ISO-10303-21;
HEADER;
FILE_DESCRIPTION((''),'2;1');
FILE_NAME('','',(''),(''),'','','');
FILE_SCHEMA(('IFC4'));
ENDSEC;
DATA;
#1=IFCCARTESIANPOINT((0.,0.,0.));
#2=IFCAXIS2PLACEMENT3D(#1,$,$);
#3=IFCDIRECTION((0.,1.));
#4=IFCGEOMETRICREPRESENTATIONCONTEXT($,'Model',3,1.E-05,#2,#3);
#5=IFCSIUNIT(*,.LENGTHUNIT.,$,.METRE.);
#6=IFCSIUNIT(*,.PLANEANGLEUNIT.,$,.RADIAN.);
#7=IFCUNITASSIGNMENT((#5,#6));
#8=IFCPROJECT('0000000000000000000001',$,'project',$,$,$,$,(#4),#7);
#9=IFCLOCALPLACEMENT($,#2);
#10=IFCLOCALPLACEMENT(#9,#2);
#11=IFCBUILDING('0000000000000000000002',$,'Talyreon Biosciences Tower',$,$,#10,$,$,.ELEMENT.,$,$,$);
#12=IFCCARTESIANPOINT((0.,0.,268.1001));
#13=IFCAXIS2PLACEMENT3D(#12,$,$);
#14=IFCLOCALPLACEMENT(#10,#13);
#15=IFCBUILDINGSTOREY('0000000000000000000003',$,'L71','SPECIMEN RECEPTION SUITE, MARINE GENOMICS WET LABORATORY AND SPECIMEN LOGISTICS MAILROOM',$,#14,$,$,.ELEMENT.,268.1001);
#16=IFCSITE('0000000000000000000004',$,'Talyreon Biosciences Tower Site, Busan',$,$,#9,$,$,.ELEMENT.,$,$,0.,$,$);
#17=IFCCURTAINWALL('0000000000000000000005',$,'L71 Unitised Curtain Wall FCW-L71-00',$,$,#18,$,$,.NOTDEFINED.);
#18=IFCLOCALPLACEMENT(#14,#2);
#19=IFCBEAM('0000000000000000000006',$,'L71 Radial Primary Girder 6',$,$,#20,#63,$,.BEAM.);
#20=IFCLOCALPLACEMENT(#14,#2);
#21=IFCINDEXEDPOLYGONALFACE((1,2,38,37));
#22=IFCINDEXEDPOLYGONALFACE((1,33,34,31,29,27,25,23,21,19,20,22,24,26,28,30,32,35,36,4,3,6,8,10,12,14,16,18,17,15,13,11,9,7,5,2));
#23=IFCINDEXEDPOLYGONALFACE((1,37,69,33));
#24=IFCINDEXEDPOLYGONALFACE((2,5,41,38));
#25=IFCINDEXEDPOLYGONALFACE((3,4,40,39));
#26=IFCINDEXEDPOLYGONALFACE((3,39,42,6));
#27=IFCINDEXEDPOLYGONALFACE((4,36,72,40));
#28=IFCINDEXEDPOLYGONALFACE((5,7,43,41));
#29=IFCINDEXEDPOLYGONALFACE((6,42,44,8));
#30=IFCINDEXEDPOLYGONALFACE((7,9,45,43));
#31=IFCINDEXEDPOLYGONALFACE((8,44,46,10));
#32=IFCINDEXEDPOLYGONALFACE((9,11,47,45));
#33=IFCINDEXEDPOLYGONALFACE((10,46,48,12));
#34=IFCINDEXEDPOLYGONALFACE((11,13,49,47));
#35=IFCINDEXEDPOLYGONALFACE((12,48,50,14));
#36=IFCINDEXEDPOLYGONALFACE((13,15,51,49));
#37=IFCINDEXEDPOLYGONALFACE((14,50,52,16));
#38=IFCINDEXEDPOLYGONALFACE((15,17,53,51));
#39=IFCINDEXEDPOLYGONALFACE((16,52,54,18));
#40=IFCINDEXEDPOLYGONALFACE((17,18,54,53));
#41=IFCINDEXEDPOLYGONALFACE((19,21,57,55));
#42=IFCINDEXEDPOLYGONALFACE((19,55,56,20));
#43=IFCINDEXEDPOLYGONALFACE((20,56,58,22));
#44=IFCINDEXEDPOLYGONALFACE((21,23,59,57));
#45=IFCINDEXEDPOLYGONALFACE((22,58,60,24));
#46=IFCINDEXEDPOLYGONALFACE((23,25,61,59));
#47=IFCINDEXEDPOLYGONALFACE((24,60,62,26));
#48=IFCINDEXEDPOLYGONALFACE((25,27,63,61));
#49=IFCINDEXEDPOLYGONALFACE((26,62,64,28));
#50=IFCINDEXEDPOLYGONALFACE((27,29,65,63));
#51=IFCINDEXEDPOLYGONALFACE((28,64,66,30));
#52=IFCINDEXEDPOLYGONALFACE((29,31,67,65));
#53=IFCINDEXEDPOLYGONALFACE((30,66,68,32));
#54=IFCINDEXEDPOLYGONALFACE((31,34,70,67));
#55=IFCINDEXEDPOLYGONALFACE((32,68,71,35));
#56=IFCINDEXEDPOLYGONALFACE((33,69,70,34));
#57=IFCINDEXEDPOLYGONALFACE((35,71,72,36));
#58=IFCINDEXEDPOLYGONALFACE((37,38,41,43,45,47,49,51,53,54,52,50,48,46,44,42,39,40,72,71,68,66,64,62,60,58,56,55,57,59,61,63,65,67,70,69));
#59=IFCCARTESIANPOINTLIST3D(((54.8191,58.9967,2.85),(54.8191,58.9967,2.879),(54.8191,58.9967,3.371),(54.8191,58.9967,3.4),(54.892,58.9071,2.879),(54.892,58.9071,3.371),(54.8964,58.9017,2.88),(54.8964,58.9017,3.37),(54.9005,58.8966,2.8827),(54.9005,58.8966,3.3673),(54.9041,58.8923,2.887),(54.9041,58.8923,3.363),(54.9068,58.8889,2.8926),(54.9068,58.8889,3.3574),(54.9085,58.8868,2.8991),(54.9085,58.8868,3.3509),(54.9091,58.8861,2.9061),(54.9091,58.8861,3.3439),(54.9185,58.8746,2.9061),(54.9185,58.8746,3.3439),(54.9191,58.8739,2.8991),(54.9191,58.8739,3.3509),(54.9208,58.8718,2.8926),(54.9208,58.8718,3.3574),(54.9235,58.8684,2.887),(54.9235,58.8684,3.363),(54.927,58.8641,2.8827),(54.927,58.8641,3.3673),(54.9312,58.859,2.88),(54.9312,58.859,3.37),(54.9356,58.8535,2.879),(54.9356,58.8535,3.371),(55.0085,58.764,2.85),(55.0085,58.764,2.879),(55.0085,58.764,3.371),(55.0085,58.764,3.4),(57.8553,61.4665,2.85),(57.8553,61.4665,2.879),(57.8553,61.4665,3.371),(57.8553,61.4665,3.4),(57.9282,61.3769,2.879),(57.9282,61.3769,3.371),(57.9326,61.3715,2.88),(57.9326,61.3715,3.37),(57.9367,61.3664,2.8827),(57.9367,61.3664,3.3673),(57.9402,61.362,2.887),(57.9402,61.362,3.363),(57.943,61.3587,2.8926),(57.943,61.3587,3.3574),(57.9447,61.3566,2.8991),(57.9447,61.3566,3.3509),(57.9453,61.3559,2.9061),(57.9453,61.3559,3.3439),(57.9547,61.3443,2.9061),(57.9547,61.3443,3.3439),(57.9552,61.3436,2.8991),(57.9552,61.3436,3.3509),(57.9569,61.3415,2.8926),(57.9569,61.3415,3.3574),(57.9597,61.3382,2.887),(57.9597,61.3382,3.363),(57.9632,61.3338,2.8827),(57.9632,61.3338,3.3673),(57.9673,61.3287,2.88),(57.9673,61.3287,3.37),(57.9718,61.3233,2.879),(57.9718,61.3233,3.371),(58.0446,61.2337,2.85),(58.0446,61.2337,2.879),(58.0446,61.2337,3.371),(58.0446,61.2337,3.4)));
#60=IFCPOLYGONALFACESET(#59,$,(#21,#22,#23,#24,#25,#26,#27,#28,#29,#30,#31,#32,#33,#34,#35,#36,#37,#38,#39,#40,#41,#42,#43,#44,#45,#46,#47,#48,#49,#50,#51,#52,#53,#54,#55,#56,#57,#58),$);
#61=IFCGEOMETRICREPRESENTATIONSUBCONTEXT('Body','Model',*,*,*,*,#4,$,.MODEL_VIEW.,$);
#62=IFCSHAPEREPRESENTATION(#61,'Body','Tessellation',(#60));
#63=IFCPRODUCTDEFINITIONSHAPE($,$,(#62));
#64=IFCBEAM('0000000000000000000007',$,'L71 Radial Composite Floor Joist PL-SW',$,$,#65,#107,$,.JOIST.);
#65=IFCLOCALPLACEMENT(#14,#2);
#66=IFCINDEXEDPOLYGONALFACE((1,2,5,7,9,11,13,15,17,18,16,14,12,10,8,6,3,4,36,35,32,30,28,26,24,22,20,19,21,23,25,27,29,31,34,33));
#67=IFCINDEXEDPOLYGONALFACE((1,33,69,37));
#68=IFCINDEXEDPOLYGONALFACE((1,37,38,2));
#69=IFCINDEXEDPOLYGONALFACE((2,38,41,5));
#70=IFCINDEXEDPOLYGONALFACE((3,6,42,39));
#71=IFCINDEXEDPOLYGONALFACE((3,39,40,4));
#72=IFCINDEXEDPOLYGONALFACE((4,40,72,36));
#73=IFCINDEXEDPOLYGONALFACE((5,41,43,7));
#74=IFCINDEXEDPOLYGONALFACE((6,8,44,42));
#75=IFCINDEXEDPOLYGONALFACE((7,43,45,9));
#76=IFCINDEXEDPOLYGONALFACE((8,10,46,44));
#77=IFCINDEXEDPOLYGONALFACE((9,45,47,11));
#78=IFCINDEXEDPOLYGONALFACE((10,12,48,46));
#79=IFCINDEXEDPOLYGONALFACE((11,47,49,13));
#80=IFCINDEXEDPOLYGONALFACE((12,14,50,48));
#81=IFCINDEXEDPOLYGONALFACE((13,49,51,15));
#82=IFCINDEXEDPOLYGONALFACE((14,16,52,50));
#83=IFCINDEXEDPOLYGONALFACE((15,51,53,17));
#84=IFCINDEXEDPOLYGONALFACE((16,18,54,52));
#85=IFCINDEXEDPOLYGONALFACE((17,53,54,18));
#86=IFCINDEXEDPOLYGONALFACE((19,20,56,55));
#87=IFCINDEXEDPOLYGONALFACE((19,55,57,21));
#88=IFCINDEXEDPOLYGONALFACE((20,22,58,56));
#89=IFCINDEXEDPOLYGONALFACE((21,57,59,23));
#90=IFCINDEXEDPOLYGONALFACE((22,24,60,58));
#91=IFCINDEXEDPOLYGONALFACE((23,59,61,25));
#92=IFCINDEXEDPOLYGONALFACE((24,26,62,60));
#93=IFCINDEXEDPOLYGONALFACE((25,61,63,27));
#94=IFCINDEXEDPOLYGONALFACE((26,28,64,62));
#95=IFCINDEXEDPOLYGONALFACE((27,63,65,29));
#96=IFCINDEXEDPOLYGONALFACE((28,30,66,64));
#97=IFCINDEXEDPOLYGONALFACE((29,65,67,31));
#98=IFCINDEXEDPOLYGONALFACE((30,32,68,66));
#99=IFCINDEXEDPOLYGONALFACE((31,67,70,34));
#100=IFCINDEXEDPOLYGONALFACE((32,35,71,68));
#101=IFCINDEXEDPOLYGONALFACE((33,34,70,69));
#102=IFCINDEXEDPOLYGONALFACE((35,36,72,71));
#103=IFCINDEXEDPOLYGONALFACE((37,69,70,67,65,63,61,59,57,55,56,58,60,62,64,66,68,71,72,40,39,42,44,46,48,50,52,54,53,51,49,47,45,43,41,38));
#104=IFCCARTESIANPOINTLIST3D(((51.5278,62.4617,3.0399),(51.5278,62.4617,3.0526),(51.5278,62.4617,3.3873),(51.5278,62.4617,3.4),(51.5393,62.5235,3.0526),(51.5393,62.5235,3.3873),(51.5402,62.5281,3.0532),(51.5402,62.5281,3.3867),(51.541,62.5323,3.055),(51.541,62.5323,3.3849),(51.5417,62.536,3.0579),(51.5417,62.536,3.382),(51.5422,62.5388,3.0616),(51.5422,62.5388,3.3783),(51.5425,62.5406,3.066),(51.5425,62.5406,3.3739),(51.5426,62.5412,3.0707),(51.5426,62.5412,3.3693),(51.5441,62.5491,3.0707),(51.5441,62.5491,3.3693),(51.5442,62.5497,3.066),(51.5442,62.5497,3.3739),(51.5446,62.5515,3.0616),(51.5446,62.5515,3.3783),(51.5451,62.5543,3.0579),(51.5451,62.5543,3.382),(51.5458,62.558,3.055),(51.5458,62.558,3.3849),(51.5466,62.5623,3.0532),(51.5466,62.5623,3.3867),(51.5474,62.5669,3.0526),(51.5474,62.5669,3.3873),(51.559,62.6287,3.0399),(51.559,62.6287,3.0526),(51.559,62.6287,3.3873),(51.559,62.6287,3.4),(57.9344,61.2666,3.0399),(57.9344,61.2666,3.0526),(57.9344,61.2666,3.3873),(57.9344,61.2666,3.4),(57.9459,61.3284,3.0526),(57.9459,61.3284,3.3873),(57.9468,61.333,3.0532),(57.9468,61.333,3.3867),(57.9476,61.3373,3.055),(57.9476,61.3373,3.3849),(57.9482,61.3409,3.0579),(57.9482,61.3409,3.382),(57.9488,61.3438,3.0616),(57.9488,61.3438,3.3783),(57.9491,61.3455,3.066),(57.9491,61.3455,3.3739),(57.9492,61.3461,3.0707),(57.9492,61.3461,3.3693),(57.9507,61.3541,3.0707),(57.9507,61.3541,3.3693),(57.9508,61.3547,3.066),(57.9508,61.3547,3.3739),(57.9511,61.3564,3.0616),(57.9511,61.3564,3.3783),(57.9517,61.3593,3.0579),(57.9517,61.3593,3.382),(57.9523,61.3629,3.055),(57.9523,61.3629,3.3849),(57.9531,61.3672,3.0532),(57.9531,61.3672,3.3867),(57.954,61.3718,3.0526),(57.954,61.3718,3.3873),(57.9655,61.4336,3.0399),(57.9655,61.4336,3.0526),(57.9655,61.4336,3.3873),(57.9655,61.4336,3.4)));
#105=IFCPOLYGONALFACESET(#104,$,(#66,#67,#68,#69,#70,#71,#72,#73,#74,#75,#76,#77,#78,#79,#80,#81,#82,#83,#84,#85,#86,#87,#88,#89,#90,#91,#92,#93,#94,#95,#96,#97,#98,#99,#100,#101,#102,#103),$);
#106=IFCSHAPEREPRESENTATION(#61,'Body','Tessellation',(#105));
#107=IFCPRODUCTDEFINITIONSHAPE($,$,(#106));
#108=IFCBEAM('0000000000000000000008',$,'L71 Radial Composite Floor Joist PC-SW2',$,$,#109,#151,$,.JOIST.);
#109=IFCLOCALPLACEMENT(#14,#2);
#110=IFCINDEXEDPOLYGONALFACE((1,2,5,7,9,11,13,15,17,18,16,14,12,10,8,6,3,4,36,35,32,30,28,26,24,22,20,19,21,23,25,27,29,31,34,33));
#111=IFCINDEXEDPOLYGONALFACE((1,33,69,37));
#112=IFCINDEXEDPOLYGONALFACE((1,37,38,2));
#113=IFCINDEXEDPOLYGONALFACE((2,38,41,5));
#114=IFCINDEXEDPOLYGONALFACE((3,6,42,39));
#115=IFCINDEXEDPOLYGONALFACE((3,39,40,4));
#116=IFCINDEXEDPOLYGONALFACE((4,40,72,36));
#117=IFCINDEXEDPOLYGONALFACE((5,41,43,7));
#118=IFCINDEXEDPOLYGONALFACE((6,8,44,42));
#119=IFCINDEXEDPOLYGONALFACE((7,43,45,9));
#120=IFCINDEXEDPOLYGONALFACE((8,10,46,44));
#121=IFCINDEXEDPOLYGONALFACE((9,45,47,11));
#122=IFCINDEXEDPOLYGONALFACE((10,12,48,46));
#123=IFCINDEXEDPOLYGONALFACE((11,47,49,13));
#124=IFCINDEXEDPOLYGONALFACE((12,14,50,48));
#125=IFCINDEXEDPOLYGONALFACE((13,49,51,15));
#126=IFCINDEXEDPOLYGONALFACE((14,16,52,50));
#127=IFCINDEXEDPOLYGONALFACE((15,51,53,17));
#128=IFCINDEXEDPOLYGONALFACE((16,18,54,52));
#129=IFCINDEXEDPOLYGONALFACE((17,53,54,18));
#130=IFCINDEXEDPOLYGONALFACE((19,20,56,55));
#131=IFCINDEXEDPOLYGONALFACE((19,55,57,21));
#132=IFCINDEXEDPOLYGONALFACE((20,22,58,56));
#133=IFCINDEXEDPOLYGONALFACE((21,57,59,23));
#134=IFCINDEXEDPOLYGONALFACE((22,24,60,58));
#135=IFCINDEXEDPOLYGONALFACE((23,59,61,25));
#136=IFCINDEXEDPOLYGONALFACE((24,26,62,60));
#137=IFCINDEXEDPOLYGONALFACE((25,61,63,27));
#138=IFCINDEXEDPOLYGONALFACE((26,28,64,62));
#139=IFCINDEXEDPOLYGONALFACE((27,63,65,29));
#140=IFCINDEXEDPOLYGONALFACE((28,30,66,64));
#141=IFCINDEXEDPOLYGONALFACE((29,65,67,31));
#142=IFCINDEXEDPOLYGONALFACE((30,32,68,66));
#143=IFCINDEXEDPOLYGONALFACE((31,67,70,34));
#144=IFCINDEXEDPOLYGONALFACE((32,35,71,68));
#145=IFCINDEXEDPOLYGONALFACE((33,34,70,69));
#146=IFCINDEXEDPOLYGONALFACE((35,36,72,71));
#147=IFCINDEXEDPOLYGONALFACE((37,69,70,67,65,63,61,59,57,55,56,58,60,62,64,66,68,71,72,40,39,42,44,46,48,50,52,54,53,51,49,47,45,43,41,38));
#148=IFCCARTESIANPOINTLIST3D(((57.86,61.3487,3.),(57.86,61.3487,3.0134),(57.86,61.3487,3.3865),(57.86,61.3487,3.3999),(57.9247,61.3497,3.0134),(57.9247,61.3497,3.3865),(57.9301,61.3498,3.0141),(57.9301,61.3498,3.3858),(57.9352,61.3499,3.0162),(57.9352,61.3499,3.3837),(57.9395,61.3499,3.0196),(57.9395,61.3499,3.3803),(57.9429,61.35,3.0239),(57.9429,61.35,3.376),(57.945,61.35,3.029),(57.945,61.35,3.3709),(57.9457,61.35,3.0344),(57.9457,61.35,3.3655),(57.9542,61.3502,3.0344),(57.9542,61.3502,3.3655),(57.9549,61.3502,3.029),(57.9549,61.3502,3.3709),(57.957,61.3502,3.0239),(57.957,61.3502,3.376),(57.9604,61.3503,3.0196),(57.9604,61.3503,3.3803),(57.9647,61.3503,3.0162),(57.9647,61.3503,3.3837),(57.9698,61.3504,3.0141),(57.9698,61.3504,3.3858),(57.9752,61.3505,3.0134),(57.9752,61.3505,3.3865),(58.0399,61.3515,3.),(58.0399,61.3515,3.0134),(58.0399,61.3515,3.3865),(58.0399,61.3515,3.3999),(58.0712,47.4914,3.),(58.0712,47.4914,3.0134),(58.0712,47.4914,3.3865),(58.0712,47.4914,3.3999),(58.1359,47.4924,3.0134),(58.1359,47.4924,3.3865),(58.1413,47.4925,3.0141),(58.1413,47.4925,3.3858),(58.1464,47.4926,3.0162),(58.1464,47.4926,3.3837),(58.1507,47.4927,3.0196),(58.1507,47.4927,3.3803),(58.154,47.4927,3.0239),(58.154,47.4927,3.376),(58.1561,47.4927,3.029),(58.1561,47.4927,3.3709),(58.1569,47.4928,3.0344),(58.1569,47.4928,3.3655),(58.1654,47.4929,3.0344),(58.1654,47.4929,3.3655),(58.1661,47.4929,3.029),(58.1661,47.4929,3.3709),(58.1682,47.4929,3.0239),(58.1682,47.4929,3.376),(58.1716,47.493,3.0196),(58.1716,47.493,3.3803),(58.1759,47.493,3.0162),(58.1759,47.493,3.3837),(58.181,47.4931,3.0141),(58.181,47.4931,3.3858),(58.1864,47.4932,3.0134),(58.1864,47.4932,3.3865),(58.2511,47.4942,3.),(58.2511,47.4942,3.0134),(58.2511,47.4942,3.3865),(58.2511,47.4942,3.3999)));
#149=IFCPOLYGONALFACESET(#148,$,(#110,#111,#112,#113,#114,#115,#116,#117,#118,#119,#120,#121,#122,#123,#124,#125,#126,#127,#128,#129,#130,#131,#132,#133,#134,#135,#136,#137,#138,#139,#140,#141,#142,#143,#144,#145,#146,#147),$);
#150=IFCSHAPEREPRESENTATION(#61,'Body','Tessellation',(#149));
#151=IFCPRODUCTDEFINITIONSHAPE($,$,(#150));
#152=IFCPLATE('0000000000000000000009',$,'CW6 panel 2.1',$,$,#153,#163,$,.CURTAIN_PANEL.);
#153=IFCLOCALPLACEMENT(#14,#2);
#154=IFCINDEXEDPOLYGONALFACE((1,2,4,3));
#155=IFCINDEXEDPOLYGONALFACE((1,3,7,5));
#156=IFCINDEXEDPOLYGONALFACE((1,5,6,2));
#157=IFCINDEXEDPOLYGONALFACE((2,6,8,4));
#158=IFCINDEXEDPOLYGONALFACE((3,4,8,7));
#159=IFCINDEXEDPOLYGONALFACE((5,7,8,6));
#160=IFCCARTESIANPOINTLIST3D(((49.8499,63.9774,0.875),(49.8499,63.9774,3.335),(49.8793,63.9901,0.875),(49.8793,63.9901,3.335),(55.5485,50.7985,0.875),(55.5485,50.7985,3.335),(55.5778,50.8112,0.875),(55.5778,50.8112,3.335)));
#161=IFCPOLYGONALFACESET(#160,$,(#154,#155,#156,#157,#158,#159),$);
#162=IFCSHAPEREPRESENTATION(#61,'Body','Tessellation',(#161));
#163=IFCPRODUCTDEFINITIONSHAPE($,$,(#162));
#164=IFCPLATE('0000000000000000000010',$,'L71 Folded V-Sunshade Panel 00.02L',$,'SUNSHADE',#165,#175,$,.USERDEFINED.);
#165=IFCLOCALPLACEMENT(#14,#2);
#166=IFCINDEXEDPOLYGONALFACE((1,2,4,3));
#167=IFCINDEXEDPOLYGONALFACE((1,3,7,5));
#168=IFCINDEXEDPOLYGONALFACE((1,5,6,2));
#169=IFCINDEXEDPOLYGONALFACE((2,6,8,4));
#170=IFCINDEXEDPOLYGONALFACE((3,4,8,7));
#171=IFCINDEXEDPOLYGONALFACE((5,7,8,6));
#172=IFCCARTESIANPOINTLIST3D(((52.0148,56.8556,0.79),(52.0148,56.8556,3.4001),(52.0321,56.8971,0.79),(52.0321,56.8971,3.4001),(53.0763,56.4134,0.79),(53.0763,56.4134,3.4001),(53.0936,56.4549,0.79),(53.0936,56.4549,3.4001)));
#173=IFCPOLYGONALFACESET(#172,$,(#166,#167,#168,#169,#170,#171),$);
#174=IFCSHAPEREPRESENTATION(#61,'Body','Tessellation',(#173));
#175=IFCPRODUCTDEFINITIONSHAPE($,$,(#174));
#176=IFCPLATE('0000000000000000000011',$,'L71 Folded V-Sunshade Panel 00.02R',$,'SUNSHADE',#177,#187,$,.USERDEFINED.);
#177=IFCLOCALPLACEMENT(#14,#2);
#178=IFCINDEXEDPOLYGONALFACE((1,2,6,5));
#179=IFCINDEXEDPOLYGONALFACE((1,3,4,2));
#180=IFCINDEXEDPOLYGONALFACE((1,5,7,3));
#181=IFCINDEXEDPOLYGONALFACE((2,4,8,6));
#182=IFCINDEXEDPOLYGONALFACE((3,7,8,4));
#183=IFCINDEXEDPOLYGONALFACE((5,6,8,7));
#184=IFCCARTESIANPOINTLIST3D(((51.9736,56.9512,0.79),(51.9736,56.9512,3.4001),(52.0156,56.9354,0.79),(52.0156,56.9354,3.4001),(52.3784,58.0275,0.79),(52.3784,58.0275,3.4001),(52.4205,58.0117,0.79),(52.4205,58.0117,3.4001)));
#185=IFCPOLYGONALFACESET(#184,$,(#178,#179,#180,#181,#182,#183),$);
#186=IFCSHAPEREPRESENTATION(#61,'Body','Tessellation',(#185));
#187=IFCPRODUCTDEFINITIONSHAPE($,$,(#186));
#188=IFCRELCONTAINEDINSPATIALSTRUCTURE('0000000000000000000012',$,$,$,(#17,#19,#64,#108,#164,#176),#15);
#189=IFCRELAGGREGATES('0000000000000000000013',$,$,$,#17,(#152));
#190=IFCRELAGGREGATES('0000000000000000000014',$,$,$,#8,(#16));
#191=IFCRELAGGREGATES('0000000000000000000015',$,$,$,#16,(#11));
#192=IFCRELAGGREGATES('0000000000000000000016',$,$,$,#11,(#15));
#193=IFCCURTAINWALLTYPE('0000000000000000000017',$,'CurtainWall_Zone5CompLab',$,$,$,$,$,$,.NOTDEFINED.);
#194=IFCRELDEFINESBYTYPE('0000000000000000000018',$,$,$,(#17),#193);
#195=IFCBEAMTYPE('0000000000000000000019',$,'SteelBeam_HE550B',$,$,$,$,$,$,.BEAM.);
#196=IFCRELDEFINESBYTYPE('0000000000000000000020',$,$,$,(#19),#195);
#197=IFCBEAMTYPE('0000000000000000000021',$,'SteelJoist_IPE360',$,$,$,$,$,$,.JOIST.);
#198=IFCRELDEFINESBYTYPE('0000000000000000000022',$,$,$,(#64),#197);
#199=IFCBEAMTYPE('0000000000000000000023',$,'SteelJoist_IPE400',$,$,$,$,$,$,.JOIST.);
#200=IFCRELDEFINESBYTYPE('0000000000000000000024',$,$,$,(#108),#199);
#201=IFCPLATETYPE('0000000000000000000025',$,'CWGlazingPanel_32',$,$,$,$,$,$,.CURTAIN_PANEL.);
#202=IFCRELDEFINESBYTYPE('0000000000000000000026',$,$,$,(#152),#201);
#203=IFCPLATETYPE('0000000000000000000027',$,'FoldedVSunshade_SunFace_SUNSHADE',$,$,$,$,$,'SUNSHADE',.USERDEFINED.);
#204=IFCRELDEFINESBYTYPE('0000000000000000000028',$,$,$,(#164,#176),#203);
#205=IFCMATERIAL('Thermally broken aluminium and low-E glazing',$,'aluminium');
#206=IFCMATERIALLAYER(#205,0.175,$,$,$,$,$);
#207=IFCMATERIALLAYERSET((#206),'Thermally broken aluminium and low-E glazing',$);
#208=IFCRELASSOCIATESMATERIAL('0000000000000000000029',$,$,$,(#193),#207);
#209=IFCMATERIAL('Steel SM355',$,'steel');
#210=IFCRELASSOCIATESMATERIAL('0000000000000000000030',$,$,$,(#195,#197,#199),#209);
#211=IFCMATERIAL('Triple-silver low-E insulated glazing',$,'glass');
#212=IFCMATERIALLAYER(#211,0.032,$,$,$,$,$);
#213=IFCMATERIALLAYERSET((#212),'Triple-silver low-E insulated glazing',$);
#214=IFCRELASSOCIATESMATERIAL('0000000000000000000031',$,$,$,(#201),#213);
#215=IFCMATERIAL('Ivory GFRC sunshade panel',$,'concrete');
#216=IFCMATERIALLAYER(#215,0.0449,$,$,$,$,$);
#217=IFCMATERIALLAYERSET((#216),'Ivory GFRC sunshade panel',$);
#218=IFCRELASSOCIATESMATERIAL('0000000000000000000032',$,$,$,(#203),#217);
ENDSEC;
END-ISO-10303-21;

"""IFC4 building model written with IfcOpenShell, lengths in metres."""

from ifc_helpers import new_model, si_unit, direction, frame, origin, origin_2d, place, context, subcontext, project, spatial, rectangle, i_section, extrude, material, layer, layer_set, material_profile, profile_set, type_object, element, aggregate, save


model = new_model("IFC4")

# Units and contexts
model_context = context("Model", 3, precision=1e-05, world=origin(), true_north=direction((0.0, 1.0)))
body_context = subcontext(model_context, "Body", "Model", "MODEL_VIEW")
ifc_project = project(units=[si_unit("LENGTHUNIT", "METRE"), si_unit("PLANEANGLEUNIT", "RADIAN")], contexts=[model_context])

# Site, building, storey
site_placement = place(None, origin())
site = spatial("IfcSite", under=ifc_project, at=site_placement, Name="Talyreon Biosciences Tower Site, Busan", CompositionType="ELEMENT", RefElevation=0.0)
building_placement = place(site_placement, origin())
building = spatial("IfcBuilding", under=site, at=building_placement, Name="Talyreon Biosciences Tower", CompositionType="ELEMENT")
storey_placement = place(building_placement, frame((0.0, 0.0, 268.1001)))
storey = spatial("IfcBuildingStorey", under=building, at=storey_placement, Name="L71", Description="SPECIMEN RECEPTION SUITE, MARINE GENOMICS WET LABORATORY AND SPECIMEN LOGISTICS MAILROOM", CompositionType="ELEMENT", Elevation=268.1001)

# Curtain wall
ifc_material_1 = material(Name="Thermally broken aluminium and low-E glazing", Category="aluminium")
ifc_layer_1 = layer(ifc_material_1, 0.175)
ifc_layer_set_1 = layer_set([ifc_layer_1], Name="Thermally broken aluminium and low-E glazing")
curtain_wall_type = type_object("IfcCurtainWallType", Name="CurtainWall_Zone5CompLab", PredefinedType="NOTDEFINED", material=ifc_layer_set_1)
curtain_wall_placement = place(storey_placement, origin())
curtain_wall = element("IfcCurtainWall", 1, at=curtain_wall_placement, inside=storey, type_object=curtain_wall_type, Name="L71 Unitised Curtain Wall FCW-L71-00", PredefinedType="NOTDEFINED")

# Beams
ifc_material_2 = material(Name="Steel SM355", Category="steel")
ifc_material_profile_1 = material_profile(ifc_material_2, i_section(OverallWidth=0.3, OverallDepth=0.55, WebThickness=0.0149, FlangeThickness=0.0291, FilletRadius=0.0271, at=origin_2d()), Name="HE550B")
ifc_profile_set_1 = profile_set([ifc_material_profile_1], Name="Steel SM355")
beam_type_1 = type_object("IfcBeamType", Name="SteelBeam_HE550B", PredefinedType="BEAM", material=ifc_profile_set_1)
beam_1_placement = place(storey_placement, frame((57.95, 61.3501, 3.125), z_axis=(-0.775755, -0.631034, 0.0), x_axis=(0.631034, -0.775755, 0.0)))
element("IfcBeam", 2, at=beam_1_placement, inside=storey, type_object=beam_type_1, Name="L71 Radial Primary Girder 6", PredefinedType="BEAM", context=body_context, shape_type="SweptSolid", body=[
    extrude(i_section(OverallWidth=0.3, OverallDepth=0.55, WebThickness=0.0149, FlangeThickness=0.0291, FilletRadius=0.0271, at=origin_2d()), origin(), (0.0, 0.0, 1.0), 3.9138),
])
ifc_material_profile_2 = material_profile(ifc_material_2, i_section(OverallWidth=0.1699, OverallDepth=0.3601, WebThickness=0.0081, FlangeThickness=0.0127, FilletRadius=0.0181, at=origin_2d()), Name="IPE360")
ifc_profile_set_2 = profile_set([ifc_material_profile_2], Name="Steel SM355")
beam_type_2 = type_object("IfcBeamType", Name="SteelJoist_IPE360", PredefinedType="JOIST", material=ifc_profile_set_2)
beam_2_placement = place(storey_placement, frame((57.95, 61.3501, 3.22), z_axis=(-0.983043, 0.183377, 0.0), x_axis=(-0.183377, -0.983043, 0.0)))
element("IfcBeam", 3, at=beam_2_placement, inside=storey, type_object=beam_type_2, Name="L71 Radial Composite Floor Joist PL-SW", PredefinedType="JOIST", context=body_context, shape_type="SweptSolid", body=[
    extrude(i_section(OverallWidth=0.1699, OverallDepth=0.3601, WebThickness=0.0081, FlangeThickness=0.0127, FilletRadius=0.0181, at=origin_2d()), origin(), (0.0, 0.0, 1.0), 6.5171),
])
ifc_material_profile_3 = material_profile(ifc_material_2, i_section(OverallWidth=0.1799, OverallDepth=0.3999, WebThickness=0.0085, FlangeThickness=0.0134, FilletRadius=0.021, at=origin_2d()), Name="IPE400")
ifc_profile_set_3 = profile_set([ifc_material_profile_3], Name="Steel SM355")
beam_type_3 = type_object("IfcBeamType", Name="SteelJoist_IPE400", PredefinedType="JOIST", material=ifc_profile_set_3)
beam_3_placement = place(storey_placement, frame((57.95, 61.3501, 3.2), z_axis=(0.015238, -0.999884, 0.0), x_axis=(0.999884, 0.015238, 0.0)))
element("IfcBeam", 4, at=beam_3_placement, inside=storey, type_object=beam_type_3, Name="L71 Radial Composite Floor Joist PC-SW2", PredefinedType="JOIST", context=body_context, shape_type="SweptSolid", body=[
    extrude(i_section(OverallWidth=0.1799, OverallDepth=0.3999, WebThickness=0.0085, FlangeThickness=0.0134, FilletRadius=0.021, at=origin_2d()), origin(), (0.0, 0.0, 1.0), 13.8589),
])

# Plate
ifc_material_3 = material(Name="Triple-silver low-E insulated glazing", Category="glass")
ifc_layer_2 = layer(ifc_material_3, 0.032)
ifc_layer_set_2 = layer_set([ifc_layer_2], Name="Triple-silver low-E insulated glazing")
plate_type_1 = type_object("IfcPlateType", Name="CWGlazingPanel_32", PredefinedType="CURTAIN_PANEL", material=ifc_layer_set_2)
plate_placement = place(storey_placement, frame((52.7139, 57.3943, 0.875), z_axis=(0.0, 0.0, 1.0), x_axis=(-0.396887, 0.917868, 0.0)))
plate = element("IfcPlate", 5, at=plate_placement, type_object=plate_type_1, Name="CW6 panel 2.1", PredefinedType="CURTAIN_PANEL", context=body_context, shape_type="SweptSolid", body=[
    extrude(rectangle(XDim=14.3582, YDim=0.032, at=origin_2d()), origin(), (0.0, 0.0, 1.0), 2.46),
])
aggregate(curtain_wall, [plate])

# Plates
ifc_material_4 = material(Name="Ivory GFRC sunshade panel", Category="concrete")
ifc_layer_3 = layer(ifc_material_4, 0.0449)
ifc_layer_set_3 = layer_set([ifc_layer_3], Name="Ivory GFRC sunshade panel")
plate_type_2 = type_object("IfcPlateType", Name="FoldedVSunshade_SunFace_SUNSHADE", ElementType="SUNSHADE", PredefinedType="USERDEFINED", material=ifc_layer_set_3)
for number, where, z_axis, x_axis, name in (
    (6, (52.5542, 56.6553, 0.79), (0.0, 0.0, 1.0), (-0.923103, 0.384553, 0.0), "L71 Folded V-Sunshade Panel 00.02L"),
    (7, (52.197, 57.4814, 0.79), (0.0, 0.0, 1.0), (0.352103, 0.935961, 0.0), "L71 Folded V-Sunshade Panel 00.02R"),
):
    element("IfcPlate", number, at=place(storey_placement, frame(where, z_axis=z_axis, x_axis=x_axis)), inside=storey, type_object=plate_type_2, Name=name, ObjectType="SUNSHADE", PredefinedType="USERDEFINED", context=body_context, shape_type="SweptSolid", body=[
        extrude(rectangle(XDim=1.1499, YDim=0.0449, at=origin_2d()), origin(), (0.0, 0.0, 1.0), 2.6101),
    ])

save(model, "model.ifc")
